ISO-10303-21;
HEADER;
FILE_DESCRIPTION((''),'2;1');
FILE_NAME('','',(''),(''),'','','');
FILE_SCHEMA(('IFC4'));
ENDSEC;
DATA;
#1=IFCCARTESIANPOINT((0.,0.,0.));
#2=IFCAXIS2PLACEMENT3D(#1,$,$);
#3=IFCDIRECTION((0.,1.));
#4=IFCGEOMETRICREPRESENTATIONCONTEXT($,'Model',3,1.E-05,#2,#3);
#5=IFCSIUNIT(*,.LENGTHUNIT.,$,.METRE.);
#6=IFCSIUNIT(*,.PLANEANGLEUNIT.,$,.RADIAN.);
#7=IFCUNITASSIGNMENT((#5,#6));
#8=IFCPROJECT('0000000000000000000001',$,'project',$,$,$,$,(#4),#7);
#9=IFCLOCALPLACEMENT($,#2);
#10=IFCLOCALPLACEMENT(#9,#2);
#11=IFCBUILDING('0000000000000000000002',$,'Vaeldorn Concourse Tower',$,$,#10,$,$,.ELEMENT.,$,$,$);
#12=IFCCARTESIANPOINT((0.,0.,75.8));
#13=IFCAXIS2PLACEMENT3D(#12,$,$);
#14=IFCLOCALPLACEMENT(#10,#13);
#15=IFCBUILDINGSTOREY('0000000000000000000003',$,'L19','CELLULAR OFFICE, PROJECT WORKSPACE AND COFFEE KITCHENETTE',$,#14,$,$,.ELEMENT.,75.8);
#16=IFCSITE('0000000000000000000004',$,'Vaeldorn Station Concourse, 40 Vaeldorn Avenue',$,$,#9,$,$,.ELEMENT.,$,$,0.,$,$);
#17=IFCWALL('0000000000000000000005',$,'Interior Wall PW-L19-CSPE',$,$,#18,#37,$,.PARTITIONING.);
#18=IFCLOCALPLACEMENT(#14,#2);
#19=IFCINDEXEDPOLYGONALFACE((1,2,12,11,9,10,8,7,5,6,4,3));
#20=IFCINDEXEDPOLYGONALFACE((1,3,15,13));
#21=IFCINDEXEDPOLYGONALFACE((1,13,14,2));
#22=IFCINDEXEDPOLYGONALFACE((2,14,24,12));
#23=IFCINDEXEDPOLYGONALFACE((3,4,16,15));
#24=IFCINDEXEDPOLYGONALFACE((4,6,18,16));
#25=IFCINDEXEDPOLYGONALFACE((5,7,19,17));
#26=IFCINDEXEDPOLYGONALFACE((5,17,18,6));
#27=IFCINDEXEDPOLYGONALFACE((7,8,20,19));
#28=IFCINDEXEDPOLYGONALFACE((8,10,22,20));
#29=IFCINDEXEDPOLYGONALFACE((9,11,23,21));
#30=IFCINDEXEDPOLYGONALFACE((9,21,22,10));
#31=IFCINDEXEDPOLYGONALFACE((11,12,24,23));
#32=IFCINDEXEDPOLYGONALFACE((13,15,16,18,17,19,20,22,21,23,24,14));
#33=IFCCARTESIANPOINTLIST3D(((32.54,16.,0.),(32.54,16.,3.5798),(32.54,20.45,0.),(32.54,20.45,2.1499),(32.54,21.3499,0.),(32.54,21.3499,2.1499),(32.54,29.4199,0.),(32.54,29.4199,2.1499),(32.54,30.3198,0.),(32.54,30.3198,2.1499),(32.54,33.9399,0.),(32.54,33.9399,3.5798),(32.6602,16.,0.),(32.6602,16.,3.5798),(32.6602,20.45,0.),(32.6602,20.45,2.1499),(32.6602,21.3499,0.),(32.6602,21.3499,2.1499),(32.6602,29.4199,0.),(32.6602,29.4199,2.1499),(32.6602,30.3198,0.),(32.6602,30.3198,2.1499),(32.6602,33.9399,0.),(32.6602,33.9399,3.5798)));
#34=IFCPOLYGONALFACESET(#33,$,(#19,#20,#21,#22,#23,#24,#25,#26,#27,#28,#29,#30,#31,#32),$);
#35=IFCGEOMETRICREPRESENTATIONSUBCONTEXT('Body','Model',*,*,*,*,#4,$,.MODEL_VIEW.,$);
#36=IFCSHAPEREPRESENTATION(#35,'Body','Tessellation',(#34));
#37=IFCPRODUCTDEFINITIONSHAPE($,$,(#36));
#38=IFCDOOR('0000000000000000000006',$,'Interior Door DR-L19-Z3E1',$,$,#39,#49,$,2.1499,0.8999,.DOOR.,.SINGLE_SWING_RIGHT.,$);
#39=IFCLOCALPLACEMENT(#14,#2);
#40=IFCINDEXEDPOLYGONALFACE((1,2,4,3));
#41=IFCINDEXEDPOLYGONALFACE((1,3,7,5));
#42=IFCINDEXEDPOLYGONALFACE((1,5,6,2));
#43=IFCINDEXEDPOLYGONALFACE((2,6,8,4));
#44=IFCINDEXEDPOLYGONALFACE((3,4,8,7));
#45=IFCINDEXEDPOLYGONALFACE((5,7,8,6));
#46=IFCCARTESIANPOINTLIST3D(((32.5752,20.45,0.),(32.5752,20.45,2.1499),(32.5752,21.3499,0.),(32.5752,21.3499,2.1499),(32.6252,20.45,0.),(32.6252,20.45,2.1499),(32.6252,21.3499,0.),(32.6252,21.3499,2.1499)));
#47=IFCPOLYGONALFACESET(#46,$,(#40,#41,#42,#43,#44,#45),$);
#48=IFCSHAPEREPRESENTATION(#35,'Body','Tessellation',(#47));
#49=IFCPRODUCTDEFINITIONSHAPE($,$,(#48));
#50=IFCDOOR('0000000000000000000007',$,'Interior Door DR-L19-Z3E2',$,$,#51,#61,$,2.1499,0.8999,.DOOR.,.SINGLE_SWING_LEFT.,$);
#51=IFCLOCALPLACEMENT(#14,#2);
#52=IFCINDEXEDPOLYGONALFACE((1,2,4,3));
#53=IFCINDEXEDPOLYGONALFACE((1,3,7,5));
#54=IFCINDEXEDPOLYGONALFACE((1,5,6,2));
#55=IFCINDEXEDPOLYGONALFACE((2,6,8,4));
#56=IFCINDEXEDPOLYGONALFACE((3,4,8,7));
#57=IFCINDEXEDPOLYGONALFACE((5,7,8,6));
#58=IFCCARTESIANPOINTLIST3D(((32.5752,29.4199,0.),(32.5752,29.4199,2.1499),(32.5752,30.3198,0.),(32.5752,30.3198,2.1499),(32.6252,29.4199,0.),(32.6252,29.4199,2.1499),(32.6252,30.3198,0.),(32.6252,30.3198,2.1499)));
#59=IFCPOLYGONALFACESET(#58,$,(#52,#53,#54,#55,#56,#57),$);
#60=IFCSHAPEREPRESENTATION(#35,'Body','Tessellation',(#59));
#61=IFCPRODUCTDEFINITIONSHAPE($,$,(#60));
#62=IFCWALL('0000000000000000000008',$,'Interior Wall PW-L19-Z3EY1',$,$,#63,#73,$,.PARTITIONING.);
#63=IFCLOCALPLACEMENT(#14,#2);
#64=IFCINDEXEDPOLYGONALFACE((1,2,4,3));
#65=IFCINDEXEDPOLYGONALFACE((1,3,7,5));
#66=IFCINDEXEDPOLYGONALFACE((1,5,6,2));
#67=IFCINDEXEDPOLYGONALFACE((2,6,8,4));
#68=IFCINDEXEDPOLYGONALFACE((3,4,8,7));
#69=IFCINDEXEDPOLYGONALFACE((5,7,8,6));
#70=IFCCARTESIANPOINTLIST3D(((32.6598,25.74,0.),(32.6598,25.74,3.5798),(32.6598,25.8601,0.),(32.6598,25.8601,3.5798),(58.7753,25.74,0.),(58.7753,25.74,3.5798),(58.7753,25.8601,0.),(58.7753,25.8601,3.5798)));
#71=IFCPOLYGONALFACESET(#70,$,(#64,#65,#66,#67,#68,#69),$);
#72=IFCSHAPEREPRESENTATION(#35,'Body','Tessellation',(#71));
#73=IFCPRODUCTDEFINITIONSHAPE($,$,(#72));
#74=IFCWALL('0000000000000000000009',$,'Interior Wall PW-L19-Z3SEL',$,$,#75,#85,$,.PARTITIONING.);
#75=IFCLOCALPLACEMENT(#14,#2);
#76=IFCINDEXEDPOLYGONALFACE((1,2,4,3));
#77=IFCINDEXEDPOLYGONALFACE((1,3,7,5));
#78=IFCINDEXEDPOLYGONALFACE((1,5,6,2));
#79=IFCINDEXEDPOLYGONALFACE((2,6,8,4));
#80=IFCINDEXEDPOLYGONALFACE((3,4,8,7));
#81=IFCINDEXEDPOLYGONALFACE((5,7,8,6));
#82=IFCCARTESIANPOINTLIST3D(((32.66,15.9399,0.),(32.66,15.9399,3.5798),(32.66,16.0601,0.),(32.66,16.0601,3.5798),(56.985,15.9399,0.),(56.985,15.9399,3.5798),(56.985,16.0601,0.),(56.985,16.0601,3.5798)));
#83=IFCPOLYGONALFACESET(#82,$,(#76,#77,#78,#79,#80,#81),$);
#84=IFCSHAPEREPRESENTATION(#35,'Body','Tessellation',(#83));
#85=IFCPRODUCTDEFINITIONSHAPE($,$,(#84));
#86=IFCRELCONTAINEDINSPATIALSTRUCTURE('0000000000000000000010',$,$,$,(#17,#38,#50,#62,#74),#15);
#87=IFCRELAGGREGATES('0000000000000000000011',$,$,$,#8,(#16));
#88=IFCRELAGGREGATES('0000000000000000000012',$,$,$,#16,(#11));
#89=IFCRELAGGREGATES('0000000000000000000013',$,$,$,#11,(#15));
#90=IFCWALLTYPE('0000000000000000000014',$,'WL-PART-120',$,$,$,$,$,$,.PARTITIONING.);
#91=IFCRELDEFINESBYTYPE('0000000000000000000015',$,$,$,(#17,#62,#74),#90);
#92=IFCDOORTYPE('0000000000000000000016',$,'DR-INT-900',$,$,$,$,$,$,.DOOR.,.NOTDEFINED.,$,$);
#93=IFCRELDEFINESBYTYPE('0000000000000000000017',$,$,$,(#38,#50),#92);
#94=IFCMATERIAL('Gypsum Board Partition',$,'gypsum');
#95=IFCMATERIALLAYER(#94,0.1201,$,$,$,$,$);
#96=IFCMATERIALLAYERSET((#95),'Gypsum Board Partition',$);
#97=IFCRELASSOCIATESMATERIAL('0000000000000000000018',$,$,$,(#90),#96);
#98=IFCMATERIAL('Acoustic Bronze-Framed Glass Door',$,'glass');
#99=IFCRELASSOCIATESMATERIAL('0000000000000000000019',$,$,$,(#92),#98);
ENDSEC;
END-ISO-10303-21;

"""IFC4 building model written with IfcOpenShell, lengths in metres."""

from ifc_helpers import new_model, si_unit, direction, frame, frame_2d, origin, place, context, subcontext, project, spatial, rectangle, extrude, source, transform, mapped, material, layer, layer_set, type_object, element, fill, save


model = new_model("IFC4")

# Units and contexts
model_context = context("Model", 3, precision=1e-05, world=origin(), true_north=direction((0.0, 1.0)))
body_context = subcontext(model_context, "Body", "Model", "MODEL_VIEW")
ifc_project = project(units=[si_unit("LENGTHUNIT", "METRE"), si_unit("PLANEANGLEUNIT", "RADIAN")], contexts=[model_context])

# Site, building, storey
site_placement = place(None, origin())
site = spatial("IfcSite", under=ifc_project, at=site_placement, Name="Vaeldorn Station Concourse, 40 Vaeldorn Avenue", CompositionType="ELEMENT", RefElevation=0.0)
building_placement = place(site_placement, origin())
building = spatial("IfcBuilding", under=site, at=building_placement, Name="Vaeldorn Concourse Tower", CompositionType="ELEMENT")
storey_placement = place(building_placement, frame((0.0, 0.0, 75.8)))
storey = spatial("IfcBuildingStorey", under=building, at=storey_placement, Name="L19", Description="CELLULAR OFFICE, PROJECT WORKSPACE AND COFFEE KITCHENETTE", CompositionType="ELEMENT", Elevation=75.8)

# Shared definitions
ifc_material_1 = material(Name="Gypsum Board Partition", Category="gypsum")
ifc_layer_1 = layer(ifc_material_1, 0.1201)
ifc_layer_set_1 = layer_set([ifc_layer_1], Name="Gypsum Board Partition")
wall_type_1 = type_object("IfcWallType", Name="WL-PART-120", PredefinedType="PARTITIONING", material=ifc_layer_set_1)

# Wall, openings, doors
ifc_material_2 = material(Name="Acoustic Bronze-Framed Glass Door", Category="glass")
door_type = type_object("IfcDoorType", Name="DR-INT-900", OperationType="NOTDEFINED", PredefinedType="DOOR", material=ifc_material_2)
shared_shape_1 = source(origin(), body_context, "Body", "SweptSolid", [
    extrude(rectangle(XDim=0.8999, YDim=2.1499, at=frame_2d((0.45, 1.075))), frame((0.0, 0.0249, 0.0), z_axis=(0.0, -1.0, 0.0), x_axis=(1.0, 0.0, 0.0)), (0.0, 0.0, 1.0), 0.05),
])
wall_1_placement = place(storey_placement, frame((32.6001, 16.0, 0.0), z_axis=(0.0, 0.0, 1.0), x_axis=(0.0, 1.0, 0.0)))
wall_1 = element("IfcWall", 1, at=wall_1_placement, inside=storey, type_object=wall_type_1, Name="Interior Wall PW-L19-CSPE", PredefinedType="PARTITIONING", context=body_context, shape_type="SweptSolid", body=[
    extrude(rectangle(XDim=17.9399, YDim=0.1201, at=frame_2d((8.97, 0.0))), origin(), (0.0, 0.0, 1.0), 3.5798),
])
opening_1_placement = place(wall_1_placement, frame((4.45, 0.0, 0.0)))
opening_1 = element("IfcOpeningElement", 2, at=opening_1_placement, cuts=wall_1, PredefinedType="OPENING", context=body_context, shape_type="SweptSolid", body=[
    extrude(rectangle(XDim=0.8999, YDim=2.1499, at=frame_2d((0.45, 1.075))), frame((0.0, 0.0701, 0.0), z_axis=(0.0, -1.0, 0.0), x_axis=(1.0, 0.0, 0.0)), (0.0, 0.0, 1.0), 0.1401),
])
opening_2_placement = place(wall_1_placement, frame((13.4199, 0.0, 0.0)))
opening_2 = element("IfcOpeningElement", 3, at=opening_2_placement, cuts=wall_1, PredefinedType="OPENING", context=body_context, shape_type="SweptSolid", body=[
    extrude(rectangle(XDim=0.8999, YDim=2.1499, at=frame_2d((0.45, 1.075))), frame((0.0, 0.0701, 0.0), z_axis=(0.0, -1.0, 0.0), x_axis=(1.0, 0.0, 0.0)), (0.0, 0.0, 1.0), 0.1401),
])
door_1_placement = place(opening_1_placement, origin())
door_1 = element("IfcDoor", 4, at=door_1_placement, inside=storey, type_object=door_type, Name="Interior Door DR-L19-Z3E1", OperationType="SINGLE_SWING_RIGHT", OverallHeight=2.1499, OverallWidth=0.8999, PredefinedType="DOOR", context=body_context, shape_type="MappedRepresentation", body=[
    mapped(shared_shape_1, transform((0.0, 0.0, 0.0), scale=1.0)),
])
fill(opening_1, door_1)
door_2_placement = place(opening_2_placement, origin())
door_2 = element("IfcDoor", 5, at=door_2_placement, inside=storey, type_object=door_type, Name="Interior Door DR-L19-Z3E2", OperationType="SINGLE_SWING_LEFT", OverallHeight=2.1499, OverallWidth=0.8999, PredefinedType="DOOR", context=body_context, shape_type="MappedRepresentation", body=[
    mapped(shared_shape_1, transform((0.0, 0.0, 0.0), scale=1.0)),
])
fill(opening_2, door_2)

# Walls
wall_2_placement = place(storey_placement, frame((32.6599, 25.8, 0.0), z_axis=(0.0, 0.0, 1.0), x_axis=(1.0, 0.0, 0.0)))
element("IfcWall", 6, at=wall_2_placement, inside=storey, type_object=wall_type_1, Name="Interior Wall PW-L19-Z3EY1", PredefinedType="PARTITIONING", context=body_context, shape_type="SweptSolid", body=[
    extrude(rectangle(XDim=26.1155, YDim=0.1201, at=frame_2d((13.0576, 0.0))), origin(), (0.0, 0.0, 1.0), 3.5798),
])
wall_3_placement = place(storey_placement, frame((32.6599, 16.0, 0.0), z_axis=(0.0, 0.0, 1.0), x_axis=(1.0, 0.0, 0.0)))
element("IfcWall", 7, at=wall_3_placement, inside=storey, type_object=wall_type_1, Name="Interior Wall PW-L19-Z3SEL", PredefinedType="PARTITIONING", context=body_context, shape_type="SweptSolid", body=[
    extrude(rectangle(XDim=24.325, YDim=0.1201, at=frame_2d((12.1626, 0.0))), origin(), (0.0, 0.0, 1.0), 3.5798),
])

save(model, "model.ifc")
